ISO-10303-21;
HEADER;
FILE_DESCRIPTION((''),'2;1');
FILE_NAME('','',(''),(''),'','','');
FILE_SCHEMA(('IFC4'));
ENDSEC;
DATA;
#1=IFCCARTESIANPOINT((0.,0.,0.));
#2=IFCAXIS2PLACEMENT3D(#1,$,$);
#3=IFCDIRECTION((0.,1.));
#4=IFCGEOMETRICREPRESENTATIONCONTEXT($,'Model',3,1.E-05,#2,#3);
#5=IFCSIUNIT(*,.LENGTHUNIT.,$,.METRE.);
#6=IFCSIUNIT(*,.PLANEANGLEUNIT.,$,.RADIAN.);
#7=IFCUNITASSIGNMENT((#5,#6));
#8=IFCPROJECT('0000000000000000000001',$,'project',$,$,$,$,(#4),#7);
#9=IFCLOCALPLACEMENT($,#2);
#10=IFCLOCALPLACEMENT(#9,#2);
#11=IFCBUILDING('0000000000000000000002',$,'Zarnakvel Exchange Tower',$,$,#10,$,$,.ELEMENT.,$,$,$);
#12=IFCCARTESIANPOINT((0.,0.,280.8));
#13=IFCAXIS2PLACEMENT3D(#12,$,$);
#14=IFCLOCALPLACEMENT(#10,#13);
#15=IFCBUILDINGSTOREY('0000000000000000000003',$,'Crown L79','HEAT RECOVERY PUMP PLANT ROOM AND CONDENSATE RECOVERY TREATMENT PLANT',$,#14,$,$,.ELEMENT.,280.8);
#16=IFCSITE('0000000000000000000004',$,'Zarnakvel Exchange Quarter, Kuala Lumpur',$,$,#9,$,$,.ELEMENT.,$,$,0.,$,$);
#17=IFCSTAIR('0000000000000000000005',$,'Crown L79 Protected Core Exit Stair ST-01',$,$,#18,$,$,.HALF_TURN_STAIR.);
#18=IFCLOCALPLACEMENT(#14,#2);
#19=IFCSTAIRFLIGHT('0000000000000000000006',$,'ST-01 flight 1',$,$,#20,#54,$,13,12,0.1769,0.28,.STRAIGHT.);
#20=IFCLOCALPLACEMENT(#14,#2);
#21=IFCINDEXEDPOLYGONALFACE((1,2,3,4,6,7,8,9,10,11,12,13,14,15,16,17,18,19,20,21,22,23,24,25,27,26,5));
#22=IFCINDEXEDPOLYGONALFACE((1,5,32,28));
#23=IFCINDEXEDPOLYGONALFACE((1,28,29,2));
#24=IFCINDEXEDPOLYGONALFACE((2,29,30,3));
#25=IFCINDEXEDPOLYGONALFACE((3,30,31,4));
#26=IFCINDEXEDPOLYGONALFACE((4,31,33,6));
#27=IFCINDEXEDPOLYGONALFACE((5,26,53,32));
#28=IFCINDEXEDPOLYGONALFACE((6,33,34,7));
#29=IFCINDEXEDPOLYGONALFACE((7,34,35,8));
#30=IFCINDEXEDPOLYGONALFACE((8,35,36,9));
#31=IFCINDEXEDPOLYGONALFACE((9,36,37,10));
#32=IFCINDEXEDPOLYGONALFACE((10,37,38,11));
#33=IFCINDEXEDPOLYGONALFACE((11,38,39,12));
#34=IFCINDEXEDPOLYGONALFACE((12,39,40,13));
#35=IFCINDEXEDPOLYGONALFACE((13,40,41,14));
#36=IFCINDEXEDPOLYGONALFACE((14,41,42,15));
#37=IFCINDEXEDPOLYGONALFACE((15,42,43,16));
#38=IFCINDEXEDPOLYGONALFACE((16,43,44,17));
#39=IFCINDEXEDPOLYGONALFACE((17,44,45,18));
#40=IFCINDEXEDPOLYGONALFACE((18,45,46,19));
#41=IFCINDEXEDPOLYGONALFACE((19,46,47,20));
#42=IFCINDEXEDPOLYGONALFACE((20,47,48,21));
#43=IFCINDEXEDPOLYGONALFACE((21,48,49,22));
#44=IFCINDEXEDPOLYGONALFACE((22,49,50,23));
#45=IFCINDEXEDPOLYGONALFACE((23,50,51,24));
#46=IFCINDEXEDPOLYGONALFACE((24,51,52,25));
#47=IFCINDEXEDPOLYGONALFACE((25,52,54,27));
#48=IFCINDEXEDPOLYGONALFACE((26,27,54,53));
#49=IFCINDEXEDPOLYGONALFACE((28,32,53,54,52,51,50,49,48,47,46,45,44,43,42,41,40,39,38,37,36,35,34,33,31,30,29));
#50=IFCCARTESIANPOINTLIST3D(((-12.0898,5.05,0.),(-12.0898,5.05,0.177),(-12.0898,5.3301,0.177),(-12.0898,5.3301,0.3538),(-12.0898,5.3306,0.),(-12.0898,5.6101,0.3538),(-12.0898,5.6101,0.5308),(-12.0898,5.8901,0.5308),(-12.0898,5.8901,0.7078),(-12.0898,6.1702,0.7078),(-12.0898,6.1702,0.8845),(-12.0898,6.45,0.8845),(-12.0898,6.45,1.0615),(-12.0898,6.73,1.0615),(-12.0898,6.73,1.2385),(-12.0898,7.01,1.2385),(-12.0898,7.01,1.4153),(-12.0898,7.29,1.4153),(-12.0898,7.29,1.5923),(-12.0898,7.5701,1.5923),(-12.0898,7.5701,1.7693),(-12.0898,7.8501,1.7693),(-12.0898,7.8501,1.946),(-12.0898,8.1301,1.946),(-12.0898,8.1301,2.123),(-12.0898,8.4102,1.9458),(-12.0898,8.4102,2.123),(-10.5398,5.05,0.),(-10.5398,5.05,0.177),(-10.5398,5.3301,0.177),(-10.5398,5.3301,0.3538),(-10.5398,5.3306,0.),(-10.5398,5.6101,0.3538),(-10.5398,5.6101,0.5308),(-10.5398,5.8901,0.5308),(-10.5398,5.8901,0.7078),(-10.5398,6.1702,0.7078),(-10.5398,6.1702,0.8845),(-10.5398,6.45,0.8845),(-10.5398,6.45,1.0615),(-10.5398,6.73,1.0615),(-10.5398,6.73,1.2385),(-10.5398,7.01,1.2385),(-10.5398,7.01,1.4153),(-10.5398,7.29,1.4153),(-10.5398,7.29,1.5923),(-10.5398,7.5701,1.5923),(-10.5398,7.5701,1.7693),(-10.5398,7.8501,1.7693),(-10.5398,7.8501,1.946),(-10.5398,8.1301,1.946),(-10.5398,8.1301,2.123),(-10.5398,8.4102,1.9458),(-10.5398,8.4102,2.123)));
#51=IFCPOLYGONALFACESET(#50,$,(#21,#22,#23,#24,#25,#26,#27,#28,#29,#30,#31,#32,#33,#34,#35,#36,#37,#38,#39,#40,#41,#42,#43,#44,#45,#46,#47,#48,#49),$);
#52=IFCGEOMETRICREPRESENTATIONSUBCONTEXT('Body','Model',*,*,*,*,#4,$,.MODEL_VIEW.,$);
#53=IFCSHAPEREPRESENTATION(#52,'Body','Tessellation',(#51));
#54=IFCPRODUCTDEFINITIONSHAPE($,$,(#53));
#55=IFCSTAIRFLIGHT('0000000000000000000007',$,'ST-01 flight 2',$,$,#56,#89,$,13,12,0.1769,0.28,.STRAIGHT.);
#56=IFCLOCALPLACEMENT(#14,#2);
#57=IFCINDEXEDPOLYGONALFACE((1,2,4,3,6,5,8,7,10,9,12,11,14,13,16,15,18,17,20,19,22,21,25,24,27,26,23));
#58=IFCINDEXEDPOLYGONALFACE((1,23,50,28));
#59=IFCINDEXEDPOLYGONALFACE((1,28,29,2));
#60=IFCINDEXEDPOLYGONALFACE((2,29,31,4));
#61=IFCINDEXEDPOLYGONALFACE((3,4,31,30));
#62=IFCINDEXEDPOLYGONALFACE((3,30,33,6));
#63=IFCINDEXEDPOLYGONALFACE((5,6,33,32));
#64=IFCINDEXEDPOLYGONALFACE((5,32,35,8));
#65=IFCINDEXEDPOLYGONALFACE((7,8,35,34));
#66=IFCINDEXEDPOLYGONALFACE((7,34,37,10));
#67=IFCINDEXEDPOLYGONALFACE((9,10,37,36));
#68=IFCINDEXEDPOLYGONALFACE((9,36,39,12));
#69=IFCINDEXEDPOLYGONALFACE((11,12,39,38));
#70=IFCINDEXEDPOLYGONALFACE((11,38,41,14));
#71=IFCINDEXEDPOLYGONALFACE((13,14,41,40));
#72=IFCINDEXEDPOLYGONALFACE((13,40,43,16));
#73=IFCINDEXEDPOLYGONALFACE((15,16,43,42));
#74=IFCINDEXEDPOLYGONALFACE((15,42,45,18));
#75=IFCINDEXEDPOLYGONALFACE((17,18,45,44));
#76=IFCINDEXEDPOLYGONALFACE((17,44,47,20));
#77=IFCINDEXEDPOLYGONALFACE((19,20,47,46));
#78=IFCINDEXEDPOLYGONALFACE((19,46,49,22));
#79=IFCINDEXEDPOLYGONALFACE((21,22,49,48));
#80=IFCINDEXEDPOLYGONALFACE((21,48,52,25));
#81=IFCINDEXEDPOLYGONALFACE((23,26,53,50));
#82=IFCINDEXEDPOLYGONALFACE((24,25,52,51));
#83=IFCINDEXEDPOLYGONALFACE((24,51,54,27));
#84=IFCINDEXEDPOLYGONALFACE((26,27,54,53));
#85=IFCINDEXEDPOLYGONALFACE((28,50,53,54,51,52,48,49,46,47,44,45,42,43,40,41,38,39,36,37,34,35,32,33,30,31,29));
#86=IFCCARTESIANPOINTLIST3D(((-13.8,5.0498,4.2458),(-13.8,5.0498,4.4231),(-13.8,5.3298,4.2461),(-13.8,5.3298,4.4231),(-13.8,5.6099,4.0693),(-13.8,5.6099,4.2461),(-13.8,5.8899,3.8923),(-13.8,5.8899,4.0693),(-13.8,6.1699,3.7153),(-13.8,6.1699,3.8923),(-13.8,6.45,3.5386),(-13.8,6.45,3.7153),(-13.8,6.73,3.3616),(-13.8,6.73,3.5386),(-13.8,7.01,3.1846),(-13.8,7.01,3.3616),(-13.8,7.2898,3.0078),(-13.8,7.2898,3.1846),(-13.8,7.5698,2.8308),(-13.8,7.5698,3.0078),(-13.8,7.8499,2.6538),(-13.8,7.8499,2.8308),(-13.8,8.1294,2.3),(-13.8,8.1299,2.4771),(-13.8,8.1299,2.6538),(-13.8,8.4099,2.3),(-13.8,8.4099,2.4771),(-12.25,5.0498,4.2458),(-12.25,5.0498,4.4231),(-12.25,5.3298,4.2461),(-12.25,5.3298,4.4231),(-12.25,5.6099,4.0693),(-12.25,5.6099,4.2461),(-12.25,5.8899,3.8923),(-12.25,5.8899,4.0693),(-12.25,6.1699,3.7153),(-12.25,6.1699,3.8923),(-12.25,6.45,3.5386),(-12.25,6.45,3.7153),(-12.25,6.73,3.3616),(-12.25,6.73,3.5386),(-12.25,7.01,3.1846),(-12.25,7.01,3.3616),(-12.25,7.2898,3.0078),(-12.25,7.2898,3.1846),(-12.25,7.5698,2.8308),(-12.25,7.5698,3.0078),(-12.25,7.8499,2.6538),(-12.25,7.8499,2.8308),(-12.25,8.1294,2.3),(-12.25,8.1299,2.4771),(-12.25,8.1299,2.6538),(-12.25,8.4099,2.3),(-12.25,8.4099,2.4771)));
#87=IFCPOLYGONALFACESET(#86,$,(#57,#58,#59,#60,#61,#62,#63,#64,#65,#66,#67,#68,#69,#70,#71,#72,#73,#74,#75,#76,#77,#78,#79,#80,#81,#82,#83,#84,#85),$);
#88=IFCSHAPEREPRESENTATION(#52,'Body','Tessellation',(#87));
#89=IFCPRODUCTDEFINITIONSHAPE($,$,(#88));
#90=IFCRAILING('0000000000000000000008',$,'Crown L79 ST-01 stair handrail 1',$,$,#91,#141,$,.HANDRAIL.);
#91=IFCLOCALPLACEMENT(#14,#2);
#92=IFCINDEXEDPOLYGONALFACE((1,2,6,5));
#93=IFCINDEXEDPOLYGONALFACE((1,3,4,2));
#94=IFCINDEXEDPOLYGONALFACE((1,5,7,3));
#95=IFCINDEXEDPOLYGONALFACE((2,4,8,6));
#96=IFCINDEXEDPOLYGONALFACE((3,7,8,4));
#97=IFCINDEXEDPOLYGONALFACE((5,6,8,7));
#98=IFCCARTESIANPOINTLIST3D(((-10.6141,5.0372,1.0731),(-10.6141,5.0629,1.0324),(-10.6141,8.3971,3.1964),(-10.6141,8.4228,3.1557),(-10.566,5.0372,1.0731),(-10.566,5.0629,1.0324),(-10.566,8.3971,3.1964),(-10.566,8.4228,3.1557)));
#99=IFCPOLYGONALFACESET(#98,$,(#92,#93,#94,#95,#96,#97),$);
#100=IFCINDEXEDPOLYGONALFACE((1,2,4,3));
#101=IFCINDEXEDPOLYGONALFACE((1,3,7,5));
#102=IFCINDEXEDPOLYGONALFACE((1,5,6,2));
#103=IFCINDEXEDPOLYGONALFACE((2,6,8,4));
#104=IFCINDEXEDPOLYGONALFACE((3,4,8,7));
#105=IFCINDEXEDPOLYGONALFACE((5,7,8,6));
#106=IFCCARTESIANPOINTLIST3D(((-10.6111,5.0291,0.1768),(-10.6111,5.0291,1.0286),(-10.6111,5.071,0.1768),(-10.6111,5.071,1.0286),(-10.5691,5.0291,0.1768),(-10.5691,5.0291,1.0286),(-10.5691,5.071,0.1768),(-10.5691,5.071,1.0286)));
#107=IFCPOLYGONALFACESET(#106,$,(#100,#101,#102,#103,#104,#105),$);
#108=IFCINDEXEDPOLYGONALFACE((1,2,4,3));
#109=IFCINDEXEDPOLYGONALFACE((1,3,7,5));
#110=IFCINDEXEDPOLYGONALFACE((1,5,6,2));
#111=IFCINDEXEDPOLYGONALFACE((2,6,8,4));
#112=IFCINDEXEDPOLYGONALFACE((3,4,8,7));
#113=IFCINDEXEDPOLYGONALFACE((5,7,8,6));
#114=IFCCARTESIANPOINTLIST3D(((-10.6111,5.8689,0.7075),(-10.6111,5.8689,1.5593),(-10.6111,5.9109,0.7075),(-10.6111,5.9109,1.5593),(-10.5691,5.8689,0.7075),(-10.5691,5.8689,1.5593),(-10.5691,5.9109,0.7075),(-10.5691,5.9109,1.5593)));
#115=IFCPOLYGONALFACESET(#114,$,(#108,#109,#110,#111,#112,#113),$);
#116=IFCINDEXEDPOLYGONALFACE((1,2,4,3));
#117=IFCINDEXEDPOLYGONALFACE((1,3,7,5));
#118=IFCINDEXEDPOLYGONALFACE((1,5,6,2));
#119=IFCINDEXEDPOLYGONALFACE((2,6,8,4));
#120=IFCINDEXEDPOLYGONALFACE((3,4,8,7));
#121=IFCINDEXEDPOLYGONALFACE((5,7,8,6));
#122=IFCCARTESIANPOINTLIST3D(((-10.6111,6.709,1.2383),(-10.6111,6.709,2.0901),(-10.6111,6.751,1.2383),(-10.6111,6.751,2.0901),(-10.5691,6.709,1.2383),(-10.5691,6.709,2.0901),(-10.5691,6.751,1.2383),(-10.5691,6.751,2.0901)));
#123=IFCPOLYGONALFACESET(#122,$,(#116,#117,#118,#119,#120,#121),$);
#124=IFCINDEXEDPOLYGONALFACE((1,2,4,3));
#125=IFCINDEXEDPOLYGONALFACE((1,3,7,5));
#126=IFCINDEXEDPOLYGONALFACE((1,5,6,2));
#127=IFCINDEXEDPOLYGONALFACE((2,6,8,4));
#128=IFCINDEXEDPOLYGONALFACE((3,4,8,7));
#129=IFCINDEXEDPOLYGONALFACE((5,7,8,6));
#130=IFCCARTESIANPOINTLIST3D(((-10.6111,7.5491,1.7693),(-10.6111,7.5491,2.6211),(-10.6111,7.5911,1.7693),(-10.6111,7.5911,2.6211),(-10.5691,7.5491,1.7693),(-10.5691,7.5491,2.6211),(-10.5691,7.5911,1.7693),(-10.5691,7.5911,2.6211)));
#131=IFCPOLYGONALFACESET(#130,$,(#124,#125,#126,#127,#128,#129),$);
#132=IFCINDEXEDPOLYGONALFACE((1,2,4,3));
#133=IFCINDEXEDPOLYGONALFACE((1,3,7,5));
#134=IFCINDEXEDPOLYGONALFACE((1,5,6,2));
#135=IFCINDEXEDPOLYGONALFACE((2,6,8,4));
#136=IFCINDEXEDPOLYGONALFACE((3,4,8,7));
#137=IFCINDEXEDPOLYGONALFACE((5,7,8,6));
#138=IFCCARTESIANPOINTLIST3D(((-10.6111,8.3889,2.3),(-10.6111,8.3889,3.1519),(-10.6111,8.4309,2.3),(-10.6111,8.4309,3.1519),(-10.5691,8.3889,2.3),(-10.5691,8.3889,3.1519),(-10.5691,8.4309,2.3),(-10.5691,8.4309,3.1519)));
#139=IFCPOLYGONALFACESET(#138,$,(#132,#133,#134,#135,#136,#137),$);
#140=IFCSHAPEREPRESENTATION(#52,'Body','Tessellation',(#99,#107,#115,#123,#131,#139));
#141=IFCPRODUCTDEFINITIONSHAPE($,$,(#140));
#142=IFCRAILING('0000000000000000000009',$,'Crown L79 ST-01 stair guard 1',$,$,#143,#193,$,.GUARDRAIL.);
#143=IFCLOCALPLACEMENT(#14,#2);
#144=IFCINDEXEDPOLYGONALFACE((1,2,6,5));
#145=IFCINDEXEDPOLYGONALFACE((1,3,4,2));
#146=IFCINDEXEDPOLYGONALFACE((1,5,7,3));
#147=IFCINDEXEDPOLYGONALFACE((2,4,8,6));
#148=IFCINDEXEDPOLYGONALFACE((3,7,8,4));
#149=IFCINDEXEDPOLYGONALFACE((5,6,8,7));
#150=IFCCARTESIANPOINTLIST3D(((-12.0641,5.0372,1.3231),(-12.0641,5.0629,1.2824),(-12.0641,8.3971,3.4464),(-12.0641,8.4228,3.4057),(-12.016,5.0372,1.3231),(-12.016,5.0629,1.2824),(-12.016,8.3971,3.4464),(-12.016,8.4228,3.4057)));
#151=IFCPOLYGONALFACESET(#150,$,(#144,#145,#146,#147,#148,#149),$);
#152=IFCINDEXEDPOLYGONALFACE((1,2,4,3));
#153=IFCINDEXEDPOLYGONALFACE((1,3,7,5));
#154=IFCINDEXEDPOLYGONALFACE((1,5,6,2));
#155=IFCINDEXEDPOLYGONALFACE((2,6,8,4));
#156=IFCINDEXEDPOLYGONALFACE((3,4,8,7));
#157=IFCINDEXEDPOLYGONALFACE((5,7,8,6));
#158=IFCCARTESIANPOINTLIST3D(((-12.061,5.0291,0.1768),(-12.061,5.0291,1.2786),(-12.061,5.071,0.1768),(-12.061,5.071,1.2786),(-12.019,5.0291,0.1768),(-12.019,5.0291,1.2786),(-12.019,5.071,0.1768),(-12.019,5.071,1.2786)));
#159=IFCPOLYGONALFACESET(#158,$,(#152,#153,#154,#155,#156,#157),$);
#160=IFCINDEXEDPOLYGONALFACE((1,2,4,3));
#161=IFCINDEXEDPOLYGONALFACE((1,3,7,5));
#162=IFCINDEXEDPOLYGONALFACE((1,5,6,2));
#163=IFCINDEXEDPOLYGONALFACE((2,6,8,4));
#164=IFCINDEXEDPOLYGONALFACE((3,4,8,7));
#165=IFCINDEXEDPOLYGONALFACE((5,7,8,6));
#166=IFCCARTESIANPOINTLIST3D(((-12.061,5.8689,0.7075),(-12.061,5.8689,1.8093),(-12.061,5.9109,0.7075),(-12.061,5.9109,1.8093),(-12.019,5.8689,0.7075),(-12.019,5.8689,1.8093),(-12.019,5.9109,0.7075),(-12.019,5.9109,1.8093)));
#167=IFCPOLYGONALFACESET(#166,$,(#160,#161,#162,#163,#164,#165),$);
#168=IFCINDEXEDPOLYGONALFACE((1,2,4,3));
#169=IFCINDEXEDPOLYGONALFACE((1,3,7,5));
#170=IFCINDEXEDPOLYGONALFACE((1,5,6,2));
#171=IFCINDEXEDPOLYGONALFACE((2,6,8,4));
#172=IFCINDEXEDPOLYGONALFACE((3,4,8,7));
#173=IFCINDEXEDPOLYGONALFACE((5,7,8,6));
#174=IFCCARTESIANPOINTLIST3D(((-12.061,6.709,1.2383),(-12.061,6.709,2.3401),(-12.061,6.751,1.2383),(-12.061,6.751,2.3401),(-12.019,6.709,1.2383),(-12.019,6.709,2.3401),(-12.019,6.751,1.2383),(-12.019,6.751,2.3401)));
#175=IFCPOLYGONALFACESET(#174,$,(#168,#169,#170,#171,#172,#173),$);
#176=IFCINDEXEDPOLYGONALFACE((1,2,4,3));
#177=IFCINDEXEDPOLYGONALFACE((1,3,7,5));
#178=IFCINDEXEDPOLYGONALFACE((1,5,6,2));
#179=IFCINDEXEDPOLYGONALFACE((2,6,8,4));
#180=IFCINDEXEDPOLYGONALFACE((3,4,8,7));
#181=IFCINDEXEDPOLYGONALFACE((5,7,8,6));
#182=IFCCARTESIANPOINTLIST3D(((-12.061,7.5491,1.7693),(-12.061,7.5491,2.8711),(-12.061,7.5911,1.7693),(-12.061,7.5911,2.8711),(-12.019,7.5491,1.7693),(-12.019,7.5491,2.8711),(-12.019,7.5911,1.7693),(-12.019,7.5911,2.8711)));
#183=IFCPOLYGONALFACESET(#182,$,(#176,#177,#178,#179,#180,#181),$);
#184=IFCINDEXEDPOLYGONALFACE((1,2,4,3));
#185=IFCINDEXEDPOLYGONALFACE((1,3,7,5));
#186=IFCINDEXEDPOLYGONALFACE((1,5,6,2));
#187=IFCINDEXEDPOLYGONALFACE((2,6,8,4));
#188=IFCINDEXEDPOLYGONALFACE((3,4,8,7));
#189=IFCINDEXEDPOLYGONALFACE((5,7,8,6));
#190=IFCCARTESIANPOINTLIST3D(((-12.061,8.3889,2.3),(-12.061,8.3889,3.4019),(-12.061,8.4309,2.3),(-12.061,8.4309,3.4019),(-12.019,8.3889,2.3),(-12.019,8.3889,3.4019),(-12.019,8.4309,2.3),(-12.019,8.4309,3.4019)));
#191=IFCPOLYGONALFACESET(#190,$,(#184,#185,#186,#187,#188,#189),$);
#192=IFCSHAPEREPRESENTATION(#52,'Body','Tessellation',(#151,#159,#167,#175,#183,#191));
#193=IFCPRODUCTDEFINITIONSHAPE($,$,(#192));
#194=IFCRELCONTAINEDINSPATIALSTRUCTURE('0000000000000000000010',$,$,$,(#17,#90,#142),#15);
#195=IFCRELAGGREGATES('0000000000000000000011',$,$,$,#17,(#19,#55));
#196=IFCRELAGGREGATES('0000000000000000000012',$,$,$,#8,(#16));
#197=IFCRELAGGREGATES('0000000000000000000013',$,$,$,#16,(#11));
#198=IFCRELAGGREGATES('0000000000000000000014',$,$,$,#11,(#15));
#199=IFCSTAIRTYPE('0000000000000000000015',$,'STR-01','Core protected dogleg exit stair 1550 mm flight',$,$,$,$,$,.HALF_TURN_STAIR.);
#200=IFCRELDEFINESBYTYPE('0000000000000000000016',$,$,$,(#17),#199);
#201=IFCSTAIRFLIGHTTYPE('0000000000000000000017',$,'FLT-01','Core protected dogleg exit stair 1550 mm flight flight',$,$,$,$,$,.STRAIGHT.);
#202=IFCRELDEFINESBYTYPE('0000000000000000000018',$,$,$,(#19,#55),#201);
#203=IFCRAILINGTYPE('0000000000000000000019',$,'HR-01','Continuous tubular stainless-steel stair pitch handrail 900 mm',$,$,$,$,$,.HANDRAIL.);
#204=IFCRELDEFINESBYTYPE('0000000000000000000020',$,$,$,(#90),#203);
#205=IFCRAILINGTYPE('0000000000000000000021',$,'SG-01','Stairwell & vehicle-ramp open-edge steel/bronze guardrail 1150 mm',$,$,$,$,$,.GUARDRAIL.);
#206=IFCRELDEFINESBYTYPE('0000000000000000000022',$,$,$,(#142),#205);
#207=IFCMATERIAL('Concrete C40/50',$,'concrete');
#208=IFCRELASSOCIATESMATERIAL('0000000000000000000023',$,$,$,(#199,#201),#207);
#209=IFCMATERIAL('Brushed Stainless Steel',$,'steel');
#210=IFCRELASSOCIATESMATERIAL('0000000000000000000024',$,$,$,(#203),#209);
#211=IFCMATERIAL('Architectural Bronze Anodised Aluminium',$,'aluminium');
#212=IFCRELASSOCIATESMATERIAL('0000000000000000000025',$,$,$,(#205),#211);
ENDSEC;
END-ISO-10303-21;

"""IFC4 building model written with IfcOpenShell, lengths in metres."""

from ifc_helpers import new_model, si_unit, direction, frame, origin, origin_2d, place, context, subcontext, project, spatial, polyline, rectangle, outline, extrude, material, type_object, element, aggregate, save


model = new_model("IFC4")

# Units and contexts
model_context = context("Model", 3, precision=1e-05, world=origin(), true_north=direction((0.0, 1.0)))
body_context = subcontext(model_context, "Body", "Model", "MODEL_VIEW")
ifc_project = project(units=[si_unit("LENGTHUNIT", "METRE"), si_unit("PLANEANGLEUNIT", "RADIAN")], contexts=[model_context])

# Site, building, storey
site_placement = place(None, origin())
site = spatial("IfcSite", under=ifc_project, at=site_placement, Name="Zarnakvel Exchange Quarter, Kuala Lumpur", CompositionType="ELEMENT", RefElevation=0.0)
building_placement = place(site_placement, origin())
building = spatial("IfcBuilding", under=site, at=building_placement, Name="Zarnakvel Exchange Tower", CompositionType="ELEMENT")
storey_placement = place(building_placement, frame((0.0, 0.0, 280.8)))
storey = spatial("IfcBuildingStorey", under=building, at=storey_placement, Name="Crown L79", Description="HEAT RECOVERY PUMP PLANT ROOM AND CONDENSATE RECOVERY TREATMENT PLANT", CompositionType="ELEMENT", Elevation=280.8)

# Shared definitions
ifc_material_1 = material(Name="Concrete C40/50", Category="concrete")
ifc_material_2 = material(Name="Brushed Stainless Steel", Category="steel")

# Stair, stair flights
stair_type = type_object("IfcStairType", Name="STR-01", Description="Core protected dogleg exit stair 1550 mm flight", PredefinedType="HALF_TURN_STAIR", material=ifc_material_1)
stair_placement = place(storey_placement, origin())
stair = element("IfcStair", 1, at=stair_placement, inside=storey, type_object=stair_type, Name="Crown L79 Protected Core Exit Stair ST-01", PredefinedType="HALF_TURN_STAIR")
stair_flight_type = type_object("IfcStairFlightType", Name="FLT-01", Description="Core protected dogleg exit stair 1550 mm flight flight", PredefinedType="STRAIGHT", material=ifc_material_1)
stair_flight_1_placement = place(storey_placement, frame((-11.3149, 5.05, 0.0), z_axis=(0.0, 0.0, 1.0), x_axis=(0.0, 1.0, 0.0)))
stair_flight_1 = element("IfcStairFlight", 2, at=stair_flight_1_placement, type_object=stair_flight_type, Name="ST-01 flight 1", NumberOfRisers=13, NumberOfTreads=12, PredefinedType="STRAIGHT", RiserHeight=0.1769, TreadLength=0.28, context=body_context, shape_type="SweptSolid", body=[
    extrude(outline(polyline([(0.0, 0.0), (0.0, 0.177), (0.28, 0.177), (0.28, 0.3538), (0.5601, 0.3538), (0.5601, 0.5308), (0.8401, 0.5308), (0.8401, 0.7078), (1.1201, 0.7078), (1.1201, 0.8845), (1.3999, 0.8845), (1.3999, 1.0615), (1.6799, 1.0615), (1.6799, 1.2385), (1.96, 1.2385), (1.96, 1.4153), (2.24, 1.4153), (2.24, 1.5923), (2.52, 1.5923), (2.52, 1.7693), (2.8, 1.7693), (2.8, 1.946), (3.0801, 1.946), (3.0801, 2.123), (3.3601, 2.123), (3.3601, 2.3), (3.3601, 1.9458), (0.2805, 0.0), (0.0, 0.0)])), frame((0.0, 0.7749, 0.0), z_axis=(0.0, -1.0, 0.0), x_axis=(1.0, 0.0, 0.0)), (0.0, 0.0, 1.0), 1.55),
])
stair_flight_2_placement = place(storey_placement, frame((-13.0249, 8.4099, 2.3), z_axis=(0.0, 0.0, 1.0), x_axis=(0.0, -1.0, 0.0)))
stair_flight_2 = element("IfcStairFlight", 3, at=stair_flight_2_placement, type_object=stair_flight_type, Name="ST-01 flight 2", NumberOfRisers=13, NumberOfTreads=12, PredefinedType="STRAIGHT", RiserHeight=0.1769, TreadLength=0.28, context=body_context, shape_type="SweptSolid", body=[
    extrude(outline(polyline([(0.0, 0.0), (0.0, 0.177), (0.28, 0.177), (0.28, 0.3538), (0.5601, 0.3538), (0.5601, 0.5308), (0.8401, 0.5308), (0.8401, 0.7078), (1.1201, 0.7078), (1.1201, 0.8845), (1.3999, 0.8845), (1.3999, 1.0615), (1.6799, 1.0615), (1.6799, 1.2385), (1.96, 1.2385), (1.96, 1.4153), (2.24, 1.4153), (2.24, 1.5923), (2.52, 1.5923), (2.52, 1.7693), (2.8, 1.7693), (2.8, 1.946), (3.0801, 1.946), (3.0801, 2.123), (3.3601, 2.123), (3.3601, 2.3), (3.3601, 1.9458), (0.2805, 0.0), (0.0, 0.0)])), frame((0.0, 0.7749, 0.0), z_axis=(0.0, -1.0, 0.0), x_axis=(1.0, 0.0, 0.0)), (0.0, 0.0, 1.0), 1.55),
])
aggregate(stair, [stair_flight_1, stair_flight_2])

# Railings
railing_type_1 = type_object("IfcRailingType", Name="HR-01", Description="Continuous tubular stainless-steel stair pitch handrail 900 mm", PredefinedType="HANDRAIL", material=ifc_material_2)
railing_1_placement = place(storey_placement, frame((-10.5901, 5.05, 0.1768)))
element("IfcRailing", 4, at=railing_1_placement, inside=storey, type_object=railing_type_1, Name="Crown L79 ST-01 stair handrail 1", PredefinedType="HANDRAIL", context=body_context, shape_type="SweptSolid", body=[
    extrude(rectangle(XDim=0.0481, YDim=0.0481, at=origin_2d()), frame((0.0, 0.0, 0.876), z_axis=(0.0, 0.845344, 0.534222), x_axis=(-1.0, 0.0, 0.0)), (0.0, 0.0, 1.0), 3.9746),
    extrude(rectangle(XDim=0.042, YDim=0.042, at=origin_2d()), origin(), (0.0, 0.0, 1.0), 0.8518),
    extrude(rectangle(XDim=0.042, YDim=0.042, at=origin_2d()), frame((0.0, 0.8398, 0.5308)), (0.0, 0.0, 1.0), 0.8518),
    extrude(rectangle(XDim=0.042, YDim=0.042, at=origin_2d()), frame((0.0, 1.6799, 1.0615)), (0.0, 0.0, 1.0), 0.8518),
    extrude(rectangle(XDim=0.042, YDim=0.042, at=origin_2d()), frame((0.0, 2.52, 1.5925)), (0.0, 0.0, 1.0), 0.8518),
    extrude(rectangle(XDim=0.042, YDim=0.042, at=origin_2d()), frame((0.0, 3.3599, 2.1233)), (0.0, 0.0, 1.0), 0.8518),
])
ifc_material_3 = material(Name="Architectural Bronze Anodised Aluminium", Category="aluminium")
railing_type_2 = type_object("IfcRailingType", Name="SG-01", Description="Stairwell & vehicle-ramp open-edge steel/bronze guardrail 1150 mm", PredefinedType="GUARDRAIL", material=ifc_material_3)
railing_2_placement = place(storey_placement, frame((-12.04, 5.05, 0.1768)))
element("IfcRailing", 5, at=railing_2_placement, inside=storey, type_object=railing_type_2, Name="Crown L79 ST-01 stair guard 1", PredefinedType="GUARDRAIL", context=body_context, shape_type="SweptSolid", body=[
    extrude(rectangle(XDim=0.0481, YDim=0.0481, at=origin_2d()), frame((0.0, 0.0, 1.126), z_axis=(0.0, 0.845344, 0.534222), x_axis=(-1.0, 0.0, 0.0)), (0.0, 0.0, 1.0), 3.9746),
    extrude(rectangle(XDim=0.042, YDim=0.042, at=origin_2d()), origin(), (0.0, 0.0, 1.0), 1.1018),
    extrude(rectangle(XDim=0.042, YDim=0.042, at=origin_2d()), frame((0.0, 0.8398, 0.5308)), (0.0, 0.0, 1.0), 1.1018),
    extrude(rectangle(XDim=0.042, YDim=0.042, at=origin_2d()), frame((0.0, 1.6799, 1.0615)), (0.0, 0.0, 1.0), 1.1018),
    extrude(rectangle(XDim=0.042, YDim=0.042, at=origin_2d()), frame((0.0, 2.52, 1.5925)), (0.0, 0.0, 1.0), 1.1018),
    extrude(rectangle(XDim=0.042, YDim=0.042, at=origin_2d()), frame((0.0, 3.3599, 2.1233)), (0.0, 0.0, 1.0), 1.1018),
])

save(model, "model.ifc")
